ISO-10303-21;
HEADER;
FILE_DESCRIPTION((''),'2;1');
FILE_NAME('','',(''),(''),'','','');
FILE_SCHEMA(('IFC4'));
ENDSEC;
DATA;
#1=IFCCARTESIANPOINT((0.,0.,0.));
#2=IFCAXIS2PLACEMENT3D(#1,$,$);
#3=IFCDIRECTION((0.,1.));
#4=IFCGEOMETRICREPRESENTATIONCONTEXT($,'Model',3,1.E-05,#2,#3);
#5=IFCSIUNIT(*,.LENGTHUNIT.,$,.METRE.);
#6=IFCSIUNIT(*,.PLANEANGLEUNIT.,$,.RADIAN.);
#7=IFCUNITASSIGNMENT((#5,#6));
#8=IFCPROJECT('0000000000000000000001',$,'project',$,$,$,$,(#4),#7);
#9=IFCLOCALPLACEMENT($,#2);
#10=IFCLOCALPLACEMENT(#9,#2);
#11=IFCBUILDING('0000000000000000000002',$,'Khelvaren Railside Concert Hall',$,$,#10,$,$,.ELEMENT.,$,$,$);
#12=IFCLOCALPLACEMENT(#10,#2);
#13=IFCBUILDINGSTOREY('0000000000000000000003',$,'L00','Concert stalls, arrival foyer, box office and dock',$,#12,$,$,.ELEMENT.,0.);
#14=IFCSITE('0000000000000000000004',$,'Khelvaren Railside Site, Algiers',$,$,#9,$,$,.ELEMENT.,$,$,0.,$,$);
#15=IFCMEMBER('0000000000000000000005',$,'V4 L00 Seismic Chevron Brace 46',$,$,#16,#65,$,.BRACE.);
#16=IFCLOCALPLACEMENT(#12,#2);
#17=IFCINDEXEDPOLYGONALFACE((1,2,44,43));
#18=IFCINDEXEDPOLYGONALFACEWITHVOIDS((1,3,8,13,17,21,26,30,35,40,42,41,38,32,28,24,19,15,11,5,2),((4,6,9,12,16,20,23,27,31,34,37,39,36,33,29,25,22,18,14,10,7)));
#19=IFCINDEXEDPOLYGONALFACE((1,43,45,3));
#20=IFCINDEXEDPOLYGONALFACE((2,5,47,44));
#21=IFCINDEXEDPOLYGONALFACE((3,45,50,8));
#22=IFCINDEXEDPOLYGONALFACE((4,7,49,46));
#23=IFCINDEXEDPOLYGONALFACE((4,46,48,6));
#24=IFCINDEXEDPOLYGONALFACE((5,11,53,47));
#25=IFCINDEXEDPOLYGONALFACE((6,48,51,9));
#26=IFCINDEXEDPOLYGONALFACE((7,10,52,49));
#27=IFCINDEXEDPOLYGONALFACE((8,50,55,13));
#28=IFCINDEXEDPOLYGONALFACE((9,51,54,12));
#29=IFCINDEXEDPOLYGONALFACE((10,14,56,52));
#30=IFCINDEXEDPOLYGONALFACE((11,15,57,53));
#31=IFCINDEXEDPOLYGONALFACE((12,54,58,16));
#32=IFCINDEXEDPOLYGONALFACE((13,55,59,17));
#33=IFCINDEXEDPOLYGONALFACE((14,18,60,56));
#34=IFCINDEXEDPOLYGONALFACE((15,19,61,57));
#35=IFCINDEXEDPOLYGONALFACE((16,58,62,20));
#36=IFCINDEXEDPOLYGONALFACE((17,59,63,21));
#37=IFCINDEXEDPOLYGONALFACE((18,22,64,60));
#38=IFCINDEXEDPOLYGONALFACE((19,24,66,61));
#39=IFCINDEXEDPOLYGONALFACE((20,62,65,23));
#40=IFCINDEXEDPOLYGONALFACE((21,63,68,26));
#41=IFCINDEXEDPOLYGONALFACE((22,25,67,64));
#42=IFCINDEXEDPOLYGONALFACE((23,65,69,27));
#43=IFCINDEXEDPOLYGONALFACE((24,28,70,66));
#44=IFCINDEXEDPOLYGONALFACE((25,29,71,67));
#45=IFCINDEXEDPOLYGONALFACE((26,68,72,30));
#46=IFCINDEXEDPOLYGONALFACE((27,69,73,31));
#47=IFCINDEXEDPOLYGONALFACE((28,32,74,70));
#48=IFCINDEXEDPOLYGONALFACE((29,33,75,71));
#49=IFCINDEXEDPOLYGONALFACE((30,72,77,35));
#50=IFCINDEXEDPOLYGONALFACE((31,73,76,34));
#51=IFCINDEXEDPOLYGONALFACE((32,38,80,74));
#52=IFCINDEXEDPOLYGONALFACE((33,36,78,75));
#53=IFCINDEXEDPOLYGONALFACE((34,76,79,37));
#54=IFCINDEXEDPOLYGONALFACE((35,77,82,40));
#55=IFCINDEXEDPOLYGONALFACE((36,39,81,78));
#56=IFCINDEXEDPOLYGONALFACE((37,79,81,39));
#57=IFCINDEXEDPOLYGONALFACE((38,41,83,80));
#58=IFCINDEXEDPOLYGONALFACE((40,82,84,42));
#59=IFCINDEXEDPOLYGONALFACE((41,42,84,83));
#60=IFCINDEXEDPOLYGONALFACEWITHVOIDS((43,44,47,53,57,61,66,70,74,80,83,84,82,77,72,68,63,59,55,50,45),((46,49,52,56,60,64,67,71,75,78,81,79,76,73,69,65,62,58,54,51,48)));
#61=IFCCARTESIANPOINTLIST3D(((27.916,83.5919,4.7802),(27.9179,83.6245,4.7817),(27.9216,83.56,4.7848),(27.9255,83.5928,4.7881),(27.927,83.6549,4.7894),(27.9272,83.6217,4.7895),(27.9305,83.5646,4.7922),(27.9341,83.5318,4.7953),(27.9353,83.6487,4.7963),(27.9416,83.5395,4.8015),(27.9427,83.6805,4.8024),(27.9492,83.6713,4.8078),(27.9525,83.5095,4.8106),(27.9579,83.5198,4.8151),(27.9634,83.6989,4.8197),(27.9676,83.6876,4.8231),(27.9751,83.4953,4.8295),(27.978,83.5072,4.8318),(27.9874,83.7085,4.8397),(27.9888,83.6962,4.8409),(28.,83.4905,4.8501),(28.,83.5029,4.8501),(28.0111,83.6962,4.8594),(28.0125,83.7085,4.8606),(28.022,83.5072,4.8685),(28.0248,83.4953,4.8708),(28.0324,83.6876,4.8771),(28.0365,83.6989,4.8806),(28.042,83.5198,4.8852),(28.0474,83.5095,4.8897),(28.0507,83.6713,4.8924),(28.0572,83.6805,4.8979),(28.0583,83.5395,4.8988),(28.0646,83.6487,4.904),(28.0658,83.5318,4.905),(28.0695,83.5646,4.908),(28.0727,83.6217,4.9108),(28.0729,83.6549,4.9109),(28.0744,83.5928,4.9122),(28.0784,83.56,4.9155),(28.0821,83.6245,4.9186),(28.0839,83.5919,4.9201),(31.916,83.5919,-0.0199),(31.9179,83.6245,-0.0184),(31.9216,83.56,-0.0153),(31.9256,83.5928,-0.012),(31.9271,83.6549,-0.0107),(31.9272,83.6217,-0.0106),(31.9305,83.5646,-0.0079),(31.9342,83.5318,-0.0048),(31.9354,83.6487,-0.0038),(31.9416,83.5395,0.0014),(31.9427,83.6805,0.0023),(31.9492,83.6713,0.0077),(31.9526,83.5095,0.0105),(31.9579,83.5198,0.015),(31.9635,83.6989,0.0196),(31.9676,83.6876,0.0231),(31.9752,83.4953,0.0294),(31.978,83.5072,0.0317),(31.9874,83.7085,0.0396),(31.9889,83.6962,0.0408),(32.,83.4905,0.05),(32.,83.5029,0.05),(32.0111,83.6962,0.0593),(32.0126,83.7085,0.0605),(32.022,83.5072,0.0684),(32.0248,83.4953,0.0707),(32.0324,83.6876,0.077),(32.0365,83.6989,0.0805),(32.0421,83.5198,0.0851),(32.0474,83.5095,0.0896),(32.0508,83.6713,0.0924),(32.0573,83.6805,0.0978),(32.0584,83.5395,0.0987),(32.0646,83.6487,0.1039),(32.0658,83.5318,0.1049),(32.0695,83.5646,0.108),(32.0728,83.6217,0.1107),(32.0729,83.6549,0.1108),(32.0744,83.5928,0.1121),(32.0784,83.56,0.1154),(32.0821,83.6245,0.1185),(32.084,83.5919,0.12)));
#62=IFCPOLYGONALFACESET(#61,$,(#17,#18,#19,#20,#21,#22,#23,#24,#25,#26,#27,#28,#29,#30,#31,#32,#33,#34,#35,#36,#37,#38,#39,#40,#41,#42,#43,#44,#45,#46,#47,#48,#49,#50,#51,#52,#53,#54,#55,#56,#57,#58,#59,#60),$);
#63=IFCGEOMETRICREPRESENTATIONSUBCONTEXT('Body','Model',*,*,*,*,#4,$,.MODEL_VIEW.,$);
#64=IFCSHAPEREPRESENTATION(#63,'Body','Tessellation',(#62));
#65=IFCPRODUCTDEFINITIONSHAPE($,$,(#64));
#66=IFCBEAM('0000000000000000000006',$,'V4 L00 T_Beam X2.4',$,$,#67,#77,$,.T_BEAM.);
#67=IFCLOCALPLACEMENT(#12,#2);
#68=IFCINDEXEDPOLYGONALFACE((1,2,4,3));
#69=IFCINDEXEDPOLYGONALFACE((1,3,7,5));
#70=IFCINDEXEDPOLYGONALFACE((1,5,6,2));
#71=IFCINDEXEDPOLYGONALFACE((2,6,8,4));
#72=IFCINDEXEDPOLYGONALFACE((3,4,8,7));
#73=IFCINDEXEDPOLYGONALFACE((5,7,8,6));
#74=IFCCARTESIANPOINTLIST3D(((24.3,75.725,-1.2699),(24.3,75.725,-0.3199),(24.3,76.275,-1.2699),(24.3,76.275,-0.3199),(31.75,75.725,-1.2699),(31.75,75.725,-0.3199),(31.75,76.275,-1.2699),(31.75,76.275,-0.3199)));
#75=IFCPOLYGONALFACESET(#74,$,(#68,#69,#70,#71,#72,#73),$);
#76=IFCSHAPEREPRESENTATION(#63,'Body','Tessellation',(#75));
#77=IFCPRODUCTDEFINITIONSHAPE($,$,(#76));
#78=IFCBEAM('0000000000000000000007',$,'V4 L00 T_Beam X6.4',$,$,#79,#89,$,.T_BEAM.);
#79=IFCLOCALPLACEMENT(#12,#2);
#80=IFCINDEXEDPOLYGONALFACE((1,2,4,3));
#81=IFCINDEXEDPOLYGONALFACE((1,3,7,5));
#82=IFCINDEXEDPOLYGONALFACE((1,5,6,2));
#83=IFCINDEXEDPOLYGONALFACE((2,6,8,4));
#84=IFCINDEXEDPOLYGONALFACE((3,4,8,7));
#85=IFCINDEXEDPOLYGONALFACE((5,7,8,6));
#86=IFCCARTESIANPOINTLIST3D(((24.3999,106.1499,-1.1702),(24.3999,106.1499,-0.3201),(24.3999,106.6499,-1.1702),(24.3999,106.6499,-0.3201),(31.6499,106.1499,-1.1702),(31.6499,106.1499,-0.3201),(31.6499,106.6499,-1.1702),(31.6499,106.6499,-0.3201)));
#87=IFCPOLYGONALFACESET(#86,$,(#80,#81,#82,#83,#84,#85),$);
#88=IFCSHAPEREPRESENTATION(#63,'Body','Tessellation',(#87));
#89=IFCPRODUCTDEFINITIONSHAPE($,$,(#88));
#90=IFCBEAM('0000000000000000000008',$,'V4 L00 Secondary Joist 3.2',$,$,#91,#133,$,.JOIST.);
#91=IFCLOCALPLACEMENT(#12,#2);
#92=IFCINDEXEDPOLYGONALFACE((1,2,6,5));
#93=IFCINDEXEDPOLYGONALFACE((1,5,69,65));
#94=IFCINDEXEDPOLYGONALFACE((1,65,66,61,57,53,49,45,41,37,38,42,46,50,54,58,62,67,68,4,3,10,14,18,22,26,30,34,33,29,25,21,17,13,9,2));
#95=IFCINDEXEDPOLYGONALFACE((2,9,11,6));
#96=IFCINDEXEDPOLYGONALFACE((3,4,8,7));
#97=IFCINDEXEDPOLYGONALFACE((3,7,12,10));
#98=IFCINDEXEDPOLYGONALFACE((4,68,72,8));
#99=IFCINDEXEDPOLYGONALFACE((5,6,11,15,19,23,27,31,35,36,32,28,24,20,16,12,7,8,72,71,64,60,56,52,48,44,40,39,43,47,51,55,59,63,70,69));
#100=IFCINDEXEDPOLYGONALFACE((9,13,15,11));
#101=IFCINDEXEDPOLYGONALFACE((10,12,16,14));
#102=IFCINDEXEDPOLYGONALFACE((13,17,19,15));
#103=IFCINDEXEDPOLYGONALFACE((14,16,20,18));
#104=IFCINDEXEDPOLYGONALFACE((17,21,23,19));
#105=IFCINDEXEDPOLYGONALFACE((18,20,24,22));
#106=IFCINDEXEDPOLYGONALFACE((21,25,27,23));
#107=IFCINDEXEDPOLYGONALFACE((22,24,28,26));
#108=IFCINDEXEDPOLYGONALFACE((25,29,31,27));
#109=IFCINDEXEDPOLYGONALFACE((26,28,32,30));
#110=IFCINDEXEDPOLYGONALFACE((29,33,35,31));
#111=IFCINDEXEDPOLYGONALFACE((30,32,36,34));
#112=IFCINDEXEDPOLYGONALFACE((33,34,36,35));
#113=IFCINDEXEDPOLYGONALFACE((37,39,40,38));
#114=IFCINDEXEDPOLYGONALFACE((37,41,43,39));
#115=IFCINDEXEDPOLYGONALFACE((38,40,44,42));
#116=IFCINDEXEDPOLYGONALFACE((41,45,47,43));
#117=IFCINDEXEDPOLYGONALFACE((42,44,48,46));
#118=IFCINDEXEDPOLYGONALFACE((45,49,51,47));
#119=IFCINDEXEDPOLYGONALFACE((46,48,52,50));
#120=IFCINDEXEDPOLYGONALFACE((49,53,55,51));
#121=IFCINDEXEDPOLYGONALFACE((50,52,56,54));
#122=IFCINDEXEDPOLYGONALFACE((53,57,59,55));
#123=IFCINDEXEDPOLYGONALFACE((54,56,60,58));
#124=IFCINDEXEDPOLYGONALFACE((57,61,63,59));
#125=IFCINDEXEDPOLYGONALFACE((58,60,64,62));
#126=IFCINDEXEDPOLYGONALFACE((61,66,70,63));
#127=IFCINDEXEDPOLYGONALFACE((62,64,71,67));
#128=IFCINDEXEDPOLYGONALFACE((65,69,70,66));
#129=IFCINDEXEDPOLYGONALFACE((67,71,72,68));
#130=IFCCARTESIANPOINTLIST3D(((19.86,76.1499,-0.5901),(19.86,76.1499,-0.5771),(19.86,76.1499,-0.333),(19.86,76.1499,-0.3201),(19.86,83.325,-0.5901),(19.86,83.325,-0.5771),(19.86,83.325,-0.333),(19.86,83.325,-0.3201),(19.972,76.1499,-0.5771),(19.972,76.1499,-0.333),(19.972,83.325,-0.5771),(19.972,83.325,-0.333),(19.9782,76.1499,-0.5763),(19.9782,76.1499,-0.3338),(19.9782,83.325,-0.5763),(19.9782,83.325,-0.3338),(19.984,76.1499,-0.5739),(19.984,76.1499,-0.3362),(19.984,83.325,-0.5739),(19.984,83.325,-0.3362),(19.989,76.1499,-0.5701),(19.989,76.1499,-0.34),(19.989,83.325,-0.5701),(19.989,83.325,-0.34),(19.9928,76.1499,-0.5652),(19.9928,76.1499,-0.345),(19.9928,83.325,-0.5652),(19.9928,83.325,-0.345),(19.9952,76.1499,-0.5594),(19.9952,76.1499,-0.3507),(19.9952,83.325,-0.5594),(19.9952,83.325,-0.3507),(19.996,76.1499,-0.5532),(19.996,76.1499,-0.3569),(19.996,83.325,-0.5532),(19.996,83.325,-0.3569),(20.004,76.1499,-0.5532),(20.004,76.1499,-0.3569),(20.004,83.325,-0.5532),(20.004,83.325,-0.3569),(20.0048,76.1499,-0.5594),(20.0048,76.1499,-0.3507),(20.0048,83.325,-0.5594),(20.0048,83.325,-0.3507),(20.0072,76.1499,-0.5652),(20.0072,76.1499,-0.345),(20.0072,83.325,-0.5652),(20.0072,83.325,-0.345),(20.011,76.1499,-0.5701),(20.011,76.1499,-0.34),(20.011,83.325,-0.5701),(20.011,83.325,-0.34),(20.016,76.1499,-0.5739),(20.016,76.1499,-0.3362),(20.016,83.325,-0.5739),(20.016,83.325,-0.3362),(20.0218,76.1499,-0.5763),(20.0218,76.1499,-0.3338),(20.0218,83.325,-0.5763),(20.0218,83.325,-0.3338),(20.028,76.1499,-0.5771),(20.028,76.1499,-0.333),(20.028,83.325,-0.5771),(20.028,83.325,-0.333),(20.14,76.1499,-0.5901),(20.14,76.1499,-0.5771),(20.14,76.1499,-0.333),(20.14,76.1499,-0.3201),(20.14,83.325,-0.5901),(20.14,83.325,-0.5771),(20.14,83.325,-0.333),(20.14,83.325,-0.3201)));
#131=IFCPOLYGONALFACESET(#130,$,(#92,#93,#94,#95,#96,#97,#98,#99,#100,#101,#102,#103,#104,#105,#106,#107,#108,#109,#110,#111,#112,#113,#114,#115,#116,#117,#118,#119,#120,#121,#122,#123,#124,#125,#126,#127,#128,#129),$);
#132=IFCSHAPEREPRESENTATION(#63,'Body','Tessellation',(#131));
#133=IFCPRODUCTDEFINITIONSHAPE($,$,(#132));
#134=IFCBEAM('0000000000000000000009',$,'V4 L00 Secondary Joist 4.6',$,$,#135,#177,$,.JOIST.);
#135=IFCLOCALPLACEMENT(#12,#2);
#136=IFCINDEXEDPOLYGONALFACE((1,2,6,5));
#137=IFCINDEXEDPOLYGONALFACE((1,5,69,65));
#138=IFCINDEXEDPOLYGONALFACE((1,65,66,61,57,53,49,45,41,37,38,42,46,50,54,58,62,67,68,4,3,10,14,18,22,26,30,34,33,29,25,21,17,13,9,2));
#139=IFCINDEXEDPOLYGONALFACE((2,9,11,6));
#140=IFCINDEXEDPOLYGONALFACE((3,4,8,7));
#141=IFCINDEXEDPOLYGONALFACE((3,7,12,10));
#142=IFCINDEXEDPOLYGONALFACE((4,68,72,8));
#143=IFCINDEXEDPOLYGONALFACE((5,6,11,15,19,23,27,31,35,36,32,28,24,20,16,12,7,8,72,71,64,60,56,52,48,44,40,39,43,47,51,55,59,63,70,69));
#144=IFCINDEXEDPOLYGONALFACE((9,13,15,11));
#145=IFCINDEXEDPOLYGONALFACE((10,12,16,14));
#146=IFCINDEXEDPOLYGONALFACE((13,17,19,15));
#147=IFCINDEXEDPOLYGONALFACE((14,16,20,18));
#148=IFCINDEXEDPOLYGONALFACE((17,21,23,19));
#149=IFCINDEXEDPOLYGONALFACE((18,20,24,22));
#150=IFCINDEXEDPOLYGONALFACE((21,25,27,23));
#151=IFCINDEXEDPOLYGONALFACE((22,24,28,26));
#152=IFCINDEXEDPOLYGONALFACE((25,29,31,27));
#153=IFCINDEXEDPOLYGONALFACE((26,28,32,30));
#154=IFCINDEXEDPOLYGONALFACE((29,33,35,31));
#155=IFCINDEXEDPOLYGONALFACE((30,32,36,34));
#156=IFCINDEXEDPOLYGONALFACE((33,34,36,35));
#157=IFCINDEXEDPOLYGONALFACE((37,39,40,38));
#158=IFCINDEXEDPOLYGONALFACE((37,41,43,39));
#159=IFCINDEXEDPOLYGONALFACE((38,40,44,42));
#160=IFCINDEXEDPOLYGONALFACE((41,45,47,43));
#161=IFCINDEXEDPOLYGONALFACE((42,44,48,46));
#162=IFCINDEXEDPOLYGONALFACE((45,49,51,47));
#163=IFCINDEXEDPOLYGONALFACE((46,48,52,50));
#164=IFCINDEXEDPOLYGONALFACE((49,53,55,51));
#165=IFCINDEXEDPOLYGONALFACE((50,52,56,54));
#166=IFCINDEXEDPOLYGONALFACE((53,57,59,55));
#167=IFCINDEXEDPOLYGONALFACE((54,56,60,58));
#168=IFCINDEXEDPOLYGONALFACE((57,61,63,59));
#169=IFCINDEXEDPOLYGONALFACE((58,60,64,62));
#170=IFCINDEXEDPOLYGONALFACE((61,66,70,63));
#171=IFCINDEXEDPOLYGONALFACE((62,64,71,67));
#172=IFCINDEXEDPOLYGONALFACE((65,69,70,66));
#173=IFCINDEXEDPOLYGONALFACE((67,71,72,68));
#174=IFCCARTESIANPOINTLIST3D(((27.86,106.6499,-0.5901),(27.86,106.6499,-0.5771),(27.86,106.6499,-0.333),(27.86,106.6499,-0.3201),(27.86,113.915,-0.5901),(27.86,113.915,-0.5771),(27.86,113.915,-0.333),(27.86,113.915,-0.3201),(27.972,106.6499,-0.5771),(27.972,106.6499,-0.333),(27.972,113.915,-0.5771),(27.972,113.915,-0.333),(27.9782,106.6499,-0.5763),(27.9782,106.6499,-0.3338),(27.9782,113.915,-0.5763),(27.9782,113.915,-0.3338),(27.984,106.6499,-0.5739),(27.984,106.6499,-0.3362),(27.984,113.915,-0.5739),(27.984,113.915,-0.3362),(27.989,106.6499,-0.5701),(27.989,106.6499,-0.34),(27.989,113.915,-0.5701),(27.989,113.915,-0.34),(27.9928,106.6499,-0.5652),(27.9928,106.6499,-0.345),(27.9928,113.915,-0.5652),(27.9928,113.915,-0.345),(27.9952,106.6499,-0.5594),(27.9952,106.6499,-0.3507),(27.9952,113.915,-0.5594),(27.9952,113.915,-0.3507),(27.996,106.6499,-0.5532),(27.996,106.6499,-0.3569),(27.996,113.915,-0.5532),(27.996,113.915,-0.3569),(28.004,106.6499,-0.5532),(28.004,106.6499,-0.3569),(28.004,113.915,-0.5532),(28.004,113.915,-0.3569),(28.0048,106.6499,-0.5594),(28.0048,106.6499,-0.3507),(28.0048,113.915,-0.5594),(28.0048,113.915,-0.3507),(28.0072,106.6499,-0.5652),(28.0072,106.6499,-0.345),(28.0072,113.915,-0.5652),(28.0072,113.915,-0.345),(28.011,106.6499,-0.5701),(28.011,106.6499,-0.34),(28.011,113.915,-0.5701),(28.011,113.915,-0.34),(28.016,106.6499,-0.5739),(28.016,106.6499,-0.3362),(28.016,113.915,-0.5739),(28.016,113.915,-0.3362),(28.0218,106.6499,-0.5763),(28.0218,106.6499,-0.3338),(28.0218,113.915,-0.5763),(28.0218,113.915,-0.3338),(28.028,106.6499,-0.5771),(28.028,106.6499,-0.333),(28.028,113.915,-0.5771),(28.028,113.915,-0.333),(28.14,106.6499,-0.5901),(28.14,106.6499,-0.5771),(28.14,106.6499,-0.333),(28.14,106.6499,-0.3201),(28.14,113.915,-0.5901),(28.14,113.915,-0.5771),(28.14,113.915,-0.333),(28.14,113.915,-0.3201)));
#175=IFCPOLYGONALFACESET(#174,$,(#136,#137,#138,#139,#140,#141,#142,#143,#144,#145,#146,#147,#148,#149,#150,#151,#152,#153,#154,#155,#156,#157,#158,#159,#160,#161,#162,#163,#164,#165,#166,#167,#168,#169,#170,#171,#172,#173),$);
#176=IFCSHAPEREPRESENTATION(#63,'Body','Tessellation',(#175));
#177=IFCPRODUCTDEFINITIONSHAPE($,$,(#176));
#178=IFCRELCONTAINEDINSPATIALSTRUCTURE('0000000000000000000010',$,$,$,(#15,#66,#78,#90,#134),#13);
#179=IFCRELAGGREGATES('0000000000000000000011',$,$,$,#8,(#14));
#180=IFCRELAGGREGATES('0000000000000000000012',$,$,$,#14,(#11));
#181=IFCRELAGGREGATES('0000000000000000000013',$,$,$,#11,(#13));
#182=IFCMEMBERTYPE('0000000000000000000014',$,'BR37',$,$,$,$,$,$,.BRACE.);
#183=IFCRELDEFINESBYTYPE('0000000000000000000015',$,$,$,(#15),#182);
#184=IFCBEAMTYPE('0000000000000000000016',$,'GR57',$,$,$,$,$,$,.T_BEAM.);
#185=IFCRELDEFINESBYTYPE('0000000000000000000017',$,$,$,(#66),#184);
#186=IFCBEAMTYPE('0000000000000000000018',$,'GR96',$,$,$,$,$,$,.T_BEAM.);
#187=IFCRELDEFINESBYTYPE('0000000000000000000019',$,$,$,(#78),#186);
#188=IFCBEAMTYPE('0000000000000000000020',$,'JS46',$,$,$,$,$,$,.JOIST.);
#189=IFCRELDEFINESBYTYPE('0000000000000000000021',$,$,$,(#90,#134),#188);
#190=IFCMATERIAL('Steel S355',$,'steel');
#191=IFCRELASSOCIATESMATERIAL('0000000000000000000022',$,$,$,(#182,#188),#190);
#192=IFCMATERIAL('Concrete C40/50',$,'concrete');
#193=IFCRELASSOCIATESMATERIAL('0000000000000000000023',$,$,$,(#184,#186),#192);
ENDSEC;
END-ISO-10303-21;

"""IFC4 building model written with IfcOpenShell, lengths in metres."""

from ifc_helpers import new_model, si_unit, direction, frame, origin, origin_2d, place, context, subcontext, project, spatial, rectangle, hollow_circle, i_section, extrude, material, material_profile, profile_set, type_object, element, save


model = new_model("IFC4")

# Units and contexts
model_context = context("Model", 3, precision=1e-05, world=origin(), true_north=direction((0.0, 1.0)))
body_context = subcontext(model_context, "Body", "Model", "MODEL_VIEW")
ifc_project = project(units=[si_unit("LENGTHUNIT", "METRE"), si_unit("PLANEANGLEUNIT", "RADIAN")], contexts=[model_context])

# Site, building, storey
site_placement = place(None, origin())
site = spatial("IfcSite", under=ifc_project, at=site_placement, Name="Khelvaren Railside Site, Algiers", CompositionType="ELEMENT", RefElevation=0.0)
building_placement = place(site_placement, origin())
building = spatial("IfcBuilding", under=site, at=building_placement, Name="Khelvaren Railside Concert Hall", CompositionType="ELEMENT")
storey_placement = place(building_placement, origin())
storey = spatial("IfcBuildingStorey", under=building, at=storey_placement, Name="L00", Description="Concert stalls, arrival foyer, box office and dock", CompositionType="ELEMENT", Elevation=0.0)

# Shared definitions
ifc_material_1 = material(Name="Concrete C40/50", Category="concrete")
ifc_material_2 = material(Name="Steel S355", Category="steel")

# Member
ifc_material_profile_1 = material_profile(ifc_material_2, hollow_circle(Radius=0.1096, WallThickness=0.0125, at=origin_2d()), Name="CHS 219.1x12.5")
ifc_profile_set_1 = profile_set([ifc_material_profile_1], Name="Steel S355")
member_type = type_object("IfcMemberType", Name="BR37", PredefinedType="BRACE", material=ifc_profile_set_1)
for number, where, z_axis, x_axis, name in (
    (1, (32.0, 83.6001, 0.05), (-0.640181, 0.0, 0.768224), (0.0, -1.0, 0.0), "V4 L00 Seismic Chevron Brace 46"),
):
    element("IfcMember", number, at=place(storey_placement, frame(where, z_axis=z_axis, x_axis=x_axis)), inside=storey, type_object=member_type, Name=name, PredefinedType="BRACE", context=body_context, shape_type="SweptSolid", body=[
        extrude(hollow_circle(Radius=0.1096, WallThickness=0.0125, at=origin_2d()), origin(), (0.0, 0.0, 1.0), 6.2483),
    ])

# Beams
ifc_material_profile_2 = material_profile(ifc_material_1, rectangle(XDim=0.55, YDim=0.95, at=origin_2d()), Name="RCB 550x950")
ifc_profile_set_2 = profile_set([ifc_material_profile_2], Name="Concrete C40/50")
beam_type_1 = type_object("IfcBeamType", Name="GR57", PredefinedType="T_BEAM", material=ifc_profile_set_2)
beam_1_placement = place(storey_placement, frame((24.3, 76.0, -0.7949), z_axis=(1.0, 0.0, 0.0), x_axis=(0.0, 1.0, 0.0)))
element("IfcBeam", 2, at=beam_1_placement, inside=storey, type_object=beam_type_1, Name="V4 L00 T_Beam X2.4", PredefinedType="T_BEAM", context=body_context, shape_type="SweptSolid", body=[
    extrude(rectangle(XDim=0.55, YDim=0.95, at=origin_2d()), origin(), (0.0, 0.0, 1.0), 7.45),
])
ifc_material_profile_3 = material_profile(ifc_material_1, rectangle(XDim=0.5, YDim=0.8501, at=origin_2d()), Name="RCB 500x850")
ifc_profile_set_3 = profile_set([ifc_material_profile_3], Name="Concrete C40/50")
beam_type_2 = type_object("IfcBeamType", Name="GR96", PredefinedType="T_BEAM", material=ifc_profile_set_3)
beam_2_placement = place(storey_placement, frame((24.3999, 106.3999, -0.7451), z_axis=(1.0, 0.0, 0.0), x_axis=(0.0, 1.0, 0.0)))
element("IfcBeam", 3, at=beam_2_placement, inside=storey, type_object=beam_type_2, Name="V4 L00 T_Beam X6.4", PredefinedType="T_BEAM", context=body_context, shape_type="SweptSolid", body=[
    extrude(rectangle(XDim=0.5, YDim=0.8501, at=origin_2d()), origin(), (0.0, 0.0, 1.0), 7.25),
])
ifc_material_profile_4 = material_profile(ifc_material_2, i_section(OverallWidth=0.28, OverallDepth=0.27, WebThickness=0.0081, FlangeThickness=0.0129, FilletRadius=0.0239, at=origin_2d()), Name="HEA 280")
ifc_profile_set_4 = profile_set([ifc_material_profile_4], Name="Steel S355")
beam_type_3 = type_object("IfcBeamType", Name="JS46", PredefinedType="JOIST", material=ifc_profile_set_4)
beam_3_placement = place(storey_placement, frame((20.0, 76.1499, -0.4551), z_axis=(0.0, 1.0, 0.0), x_axis=(-1.0, 0.0, 0.0)))
element("IfcBeam", 4, at=beam_3_placement, inside=storey, type_object=beam_type_3, Name="V4 L00 Secondary Joist 3.2", PredefinedType="JOIST", context=body_context, shape_type="SweptSolid", body=[
    extrude(i_section(OverallWidth=0.28, OverallDepth=0.27, WebThickness=0.0081, FlangeThickness=0.0129, FilletRadius=0.0239, at=origin_2d()), origin(), (0.0, 0.0, 1.0), 7.175),
])
beam_4_placement = place(storey_placement, frame((28.0, 106.6499, -0.4551), z_axis=(0.0, 1.0, 0.0), x_axis=(-1.0, 0.0, 0.0)))
element("IfcBeam", 5, at=beam_4_placement, inside=storey, type_object=beam_type_3, Name="V4 L00 Secondary Joist 4.6", PredefinedType="JOIST", context=body_context, shape_type="SweptSolid", body=[
    extrude(i_section(OverallWidth=0.28, OverallDepth=0.27, WebThickness=0.0081, FlangeThickness=0.0129, FilletRadius=0.0239, at=origin_2d()), origin(), (0.0, 0.0, 1.0), 7.2651),
])

save(model, "model.ifc")
